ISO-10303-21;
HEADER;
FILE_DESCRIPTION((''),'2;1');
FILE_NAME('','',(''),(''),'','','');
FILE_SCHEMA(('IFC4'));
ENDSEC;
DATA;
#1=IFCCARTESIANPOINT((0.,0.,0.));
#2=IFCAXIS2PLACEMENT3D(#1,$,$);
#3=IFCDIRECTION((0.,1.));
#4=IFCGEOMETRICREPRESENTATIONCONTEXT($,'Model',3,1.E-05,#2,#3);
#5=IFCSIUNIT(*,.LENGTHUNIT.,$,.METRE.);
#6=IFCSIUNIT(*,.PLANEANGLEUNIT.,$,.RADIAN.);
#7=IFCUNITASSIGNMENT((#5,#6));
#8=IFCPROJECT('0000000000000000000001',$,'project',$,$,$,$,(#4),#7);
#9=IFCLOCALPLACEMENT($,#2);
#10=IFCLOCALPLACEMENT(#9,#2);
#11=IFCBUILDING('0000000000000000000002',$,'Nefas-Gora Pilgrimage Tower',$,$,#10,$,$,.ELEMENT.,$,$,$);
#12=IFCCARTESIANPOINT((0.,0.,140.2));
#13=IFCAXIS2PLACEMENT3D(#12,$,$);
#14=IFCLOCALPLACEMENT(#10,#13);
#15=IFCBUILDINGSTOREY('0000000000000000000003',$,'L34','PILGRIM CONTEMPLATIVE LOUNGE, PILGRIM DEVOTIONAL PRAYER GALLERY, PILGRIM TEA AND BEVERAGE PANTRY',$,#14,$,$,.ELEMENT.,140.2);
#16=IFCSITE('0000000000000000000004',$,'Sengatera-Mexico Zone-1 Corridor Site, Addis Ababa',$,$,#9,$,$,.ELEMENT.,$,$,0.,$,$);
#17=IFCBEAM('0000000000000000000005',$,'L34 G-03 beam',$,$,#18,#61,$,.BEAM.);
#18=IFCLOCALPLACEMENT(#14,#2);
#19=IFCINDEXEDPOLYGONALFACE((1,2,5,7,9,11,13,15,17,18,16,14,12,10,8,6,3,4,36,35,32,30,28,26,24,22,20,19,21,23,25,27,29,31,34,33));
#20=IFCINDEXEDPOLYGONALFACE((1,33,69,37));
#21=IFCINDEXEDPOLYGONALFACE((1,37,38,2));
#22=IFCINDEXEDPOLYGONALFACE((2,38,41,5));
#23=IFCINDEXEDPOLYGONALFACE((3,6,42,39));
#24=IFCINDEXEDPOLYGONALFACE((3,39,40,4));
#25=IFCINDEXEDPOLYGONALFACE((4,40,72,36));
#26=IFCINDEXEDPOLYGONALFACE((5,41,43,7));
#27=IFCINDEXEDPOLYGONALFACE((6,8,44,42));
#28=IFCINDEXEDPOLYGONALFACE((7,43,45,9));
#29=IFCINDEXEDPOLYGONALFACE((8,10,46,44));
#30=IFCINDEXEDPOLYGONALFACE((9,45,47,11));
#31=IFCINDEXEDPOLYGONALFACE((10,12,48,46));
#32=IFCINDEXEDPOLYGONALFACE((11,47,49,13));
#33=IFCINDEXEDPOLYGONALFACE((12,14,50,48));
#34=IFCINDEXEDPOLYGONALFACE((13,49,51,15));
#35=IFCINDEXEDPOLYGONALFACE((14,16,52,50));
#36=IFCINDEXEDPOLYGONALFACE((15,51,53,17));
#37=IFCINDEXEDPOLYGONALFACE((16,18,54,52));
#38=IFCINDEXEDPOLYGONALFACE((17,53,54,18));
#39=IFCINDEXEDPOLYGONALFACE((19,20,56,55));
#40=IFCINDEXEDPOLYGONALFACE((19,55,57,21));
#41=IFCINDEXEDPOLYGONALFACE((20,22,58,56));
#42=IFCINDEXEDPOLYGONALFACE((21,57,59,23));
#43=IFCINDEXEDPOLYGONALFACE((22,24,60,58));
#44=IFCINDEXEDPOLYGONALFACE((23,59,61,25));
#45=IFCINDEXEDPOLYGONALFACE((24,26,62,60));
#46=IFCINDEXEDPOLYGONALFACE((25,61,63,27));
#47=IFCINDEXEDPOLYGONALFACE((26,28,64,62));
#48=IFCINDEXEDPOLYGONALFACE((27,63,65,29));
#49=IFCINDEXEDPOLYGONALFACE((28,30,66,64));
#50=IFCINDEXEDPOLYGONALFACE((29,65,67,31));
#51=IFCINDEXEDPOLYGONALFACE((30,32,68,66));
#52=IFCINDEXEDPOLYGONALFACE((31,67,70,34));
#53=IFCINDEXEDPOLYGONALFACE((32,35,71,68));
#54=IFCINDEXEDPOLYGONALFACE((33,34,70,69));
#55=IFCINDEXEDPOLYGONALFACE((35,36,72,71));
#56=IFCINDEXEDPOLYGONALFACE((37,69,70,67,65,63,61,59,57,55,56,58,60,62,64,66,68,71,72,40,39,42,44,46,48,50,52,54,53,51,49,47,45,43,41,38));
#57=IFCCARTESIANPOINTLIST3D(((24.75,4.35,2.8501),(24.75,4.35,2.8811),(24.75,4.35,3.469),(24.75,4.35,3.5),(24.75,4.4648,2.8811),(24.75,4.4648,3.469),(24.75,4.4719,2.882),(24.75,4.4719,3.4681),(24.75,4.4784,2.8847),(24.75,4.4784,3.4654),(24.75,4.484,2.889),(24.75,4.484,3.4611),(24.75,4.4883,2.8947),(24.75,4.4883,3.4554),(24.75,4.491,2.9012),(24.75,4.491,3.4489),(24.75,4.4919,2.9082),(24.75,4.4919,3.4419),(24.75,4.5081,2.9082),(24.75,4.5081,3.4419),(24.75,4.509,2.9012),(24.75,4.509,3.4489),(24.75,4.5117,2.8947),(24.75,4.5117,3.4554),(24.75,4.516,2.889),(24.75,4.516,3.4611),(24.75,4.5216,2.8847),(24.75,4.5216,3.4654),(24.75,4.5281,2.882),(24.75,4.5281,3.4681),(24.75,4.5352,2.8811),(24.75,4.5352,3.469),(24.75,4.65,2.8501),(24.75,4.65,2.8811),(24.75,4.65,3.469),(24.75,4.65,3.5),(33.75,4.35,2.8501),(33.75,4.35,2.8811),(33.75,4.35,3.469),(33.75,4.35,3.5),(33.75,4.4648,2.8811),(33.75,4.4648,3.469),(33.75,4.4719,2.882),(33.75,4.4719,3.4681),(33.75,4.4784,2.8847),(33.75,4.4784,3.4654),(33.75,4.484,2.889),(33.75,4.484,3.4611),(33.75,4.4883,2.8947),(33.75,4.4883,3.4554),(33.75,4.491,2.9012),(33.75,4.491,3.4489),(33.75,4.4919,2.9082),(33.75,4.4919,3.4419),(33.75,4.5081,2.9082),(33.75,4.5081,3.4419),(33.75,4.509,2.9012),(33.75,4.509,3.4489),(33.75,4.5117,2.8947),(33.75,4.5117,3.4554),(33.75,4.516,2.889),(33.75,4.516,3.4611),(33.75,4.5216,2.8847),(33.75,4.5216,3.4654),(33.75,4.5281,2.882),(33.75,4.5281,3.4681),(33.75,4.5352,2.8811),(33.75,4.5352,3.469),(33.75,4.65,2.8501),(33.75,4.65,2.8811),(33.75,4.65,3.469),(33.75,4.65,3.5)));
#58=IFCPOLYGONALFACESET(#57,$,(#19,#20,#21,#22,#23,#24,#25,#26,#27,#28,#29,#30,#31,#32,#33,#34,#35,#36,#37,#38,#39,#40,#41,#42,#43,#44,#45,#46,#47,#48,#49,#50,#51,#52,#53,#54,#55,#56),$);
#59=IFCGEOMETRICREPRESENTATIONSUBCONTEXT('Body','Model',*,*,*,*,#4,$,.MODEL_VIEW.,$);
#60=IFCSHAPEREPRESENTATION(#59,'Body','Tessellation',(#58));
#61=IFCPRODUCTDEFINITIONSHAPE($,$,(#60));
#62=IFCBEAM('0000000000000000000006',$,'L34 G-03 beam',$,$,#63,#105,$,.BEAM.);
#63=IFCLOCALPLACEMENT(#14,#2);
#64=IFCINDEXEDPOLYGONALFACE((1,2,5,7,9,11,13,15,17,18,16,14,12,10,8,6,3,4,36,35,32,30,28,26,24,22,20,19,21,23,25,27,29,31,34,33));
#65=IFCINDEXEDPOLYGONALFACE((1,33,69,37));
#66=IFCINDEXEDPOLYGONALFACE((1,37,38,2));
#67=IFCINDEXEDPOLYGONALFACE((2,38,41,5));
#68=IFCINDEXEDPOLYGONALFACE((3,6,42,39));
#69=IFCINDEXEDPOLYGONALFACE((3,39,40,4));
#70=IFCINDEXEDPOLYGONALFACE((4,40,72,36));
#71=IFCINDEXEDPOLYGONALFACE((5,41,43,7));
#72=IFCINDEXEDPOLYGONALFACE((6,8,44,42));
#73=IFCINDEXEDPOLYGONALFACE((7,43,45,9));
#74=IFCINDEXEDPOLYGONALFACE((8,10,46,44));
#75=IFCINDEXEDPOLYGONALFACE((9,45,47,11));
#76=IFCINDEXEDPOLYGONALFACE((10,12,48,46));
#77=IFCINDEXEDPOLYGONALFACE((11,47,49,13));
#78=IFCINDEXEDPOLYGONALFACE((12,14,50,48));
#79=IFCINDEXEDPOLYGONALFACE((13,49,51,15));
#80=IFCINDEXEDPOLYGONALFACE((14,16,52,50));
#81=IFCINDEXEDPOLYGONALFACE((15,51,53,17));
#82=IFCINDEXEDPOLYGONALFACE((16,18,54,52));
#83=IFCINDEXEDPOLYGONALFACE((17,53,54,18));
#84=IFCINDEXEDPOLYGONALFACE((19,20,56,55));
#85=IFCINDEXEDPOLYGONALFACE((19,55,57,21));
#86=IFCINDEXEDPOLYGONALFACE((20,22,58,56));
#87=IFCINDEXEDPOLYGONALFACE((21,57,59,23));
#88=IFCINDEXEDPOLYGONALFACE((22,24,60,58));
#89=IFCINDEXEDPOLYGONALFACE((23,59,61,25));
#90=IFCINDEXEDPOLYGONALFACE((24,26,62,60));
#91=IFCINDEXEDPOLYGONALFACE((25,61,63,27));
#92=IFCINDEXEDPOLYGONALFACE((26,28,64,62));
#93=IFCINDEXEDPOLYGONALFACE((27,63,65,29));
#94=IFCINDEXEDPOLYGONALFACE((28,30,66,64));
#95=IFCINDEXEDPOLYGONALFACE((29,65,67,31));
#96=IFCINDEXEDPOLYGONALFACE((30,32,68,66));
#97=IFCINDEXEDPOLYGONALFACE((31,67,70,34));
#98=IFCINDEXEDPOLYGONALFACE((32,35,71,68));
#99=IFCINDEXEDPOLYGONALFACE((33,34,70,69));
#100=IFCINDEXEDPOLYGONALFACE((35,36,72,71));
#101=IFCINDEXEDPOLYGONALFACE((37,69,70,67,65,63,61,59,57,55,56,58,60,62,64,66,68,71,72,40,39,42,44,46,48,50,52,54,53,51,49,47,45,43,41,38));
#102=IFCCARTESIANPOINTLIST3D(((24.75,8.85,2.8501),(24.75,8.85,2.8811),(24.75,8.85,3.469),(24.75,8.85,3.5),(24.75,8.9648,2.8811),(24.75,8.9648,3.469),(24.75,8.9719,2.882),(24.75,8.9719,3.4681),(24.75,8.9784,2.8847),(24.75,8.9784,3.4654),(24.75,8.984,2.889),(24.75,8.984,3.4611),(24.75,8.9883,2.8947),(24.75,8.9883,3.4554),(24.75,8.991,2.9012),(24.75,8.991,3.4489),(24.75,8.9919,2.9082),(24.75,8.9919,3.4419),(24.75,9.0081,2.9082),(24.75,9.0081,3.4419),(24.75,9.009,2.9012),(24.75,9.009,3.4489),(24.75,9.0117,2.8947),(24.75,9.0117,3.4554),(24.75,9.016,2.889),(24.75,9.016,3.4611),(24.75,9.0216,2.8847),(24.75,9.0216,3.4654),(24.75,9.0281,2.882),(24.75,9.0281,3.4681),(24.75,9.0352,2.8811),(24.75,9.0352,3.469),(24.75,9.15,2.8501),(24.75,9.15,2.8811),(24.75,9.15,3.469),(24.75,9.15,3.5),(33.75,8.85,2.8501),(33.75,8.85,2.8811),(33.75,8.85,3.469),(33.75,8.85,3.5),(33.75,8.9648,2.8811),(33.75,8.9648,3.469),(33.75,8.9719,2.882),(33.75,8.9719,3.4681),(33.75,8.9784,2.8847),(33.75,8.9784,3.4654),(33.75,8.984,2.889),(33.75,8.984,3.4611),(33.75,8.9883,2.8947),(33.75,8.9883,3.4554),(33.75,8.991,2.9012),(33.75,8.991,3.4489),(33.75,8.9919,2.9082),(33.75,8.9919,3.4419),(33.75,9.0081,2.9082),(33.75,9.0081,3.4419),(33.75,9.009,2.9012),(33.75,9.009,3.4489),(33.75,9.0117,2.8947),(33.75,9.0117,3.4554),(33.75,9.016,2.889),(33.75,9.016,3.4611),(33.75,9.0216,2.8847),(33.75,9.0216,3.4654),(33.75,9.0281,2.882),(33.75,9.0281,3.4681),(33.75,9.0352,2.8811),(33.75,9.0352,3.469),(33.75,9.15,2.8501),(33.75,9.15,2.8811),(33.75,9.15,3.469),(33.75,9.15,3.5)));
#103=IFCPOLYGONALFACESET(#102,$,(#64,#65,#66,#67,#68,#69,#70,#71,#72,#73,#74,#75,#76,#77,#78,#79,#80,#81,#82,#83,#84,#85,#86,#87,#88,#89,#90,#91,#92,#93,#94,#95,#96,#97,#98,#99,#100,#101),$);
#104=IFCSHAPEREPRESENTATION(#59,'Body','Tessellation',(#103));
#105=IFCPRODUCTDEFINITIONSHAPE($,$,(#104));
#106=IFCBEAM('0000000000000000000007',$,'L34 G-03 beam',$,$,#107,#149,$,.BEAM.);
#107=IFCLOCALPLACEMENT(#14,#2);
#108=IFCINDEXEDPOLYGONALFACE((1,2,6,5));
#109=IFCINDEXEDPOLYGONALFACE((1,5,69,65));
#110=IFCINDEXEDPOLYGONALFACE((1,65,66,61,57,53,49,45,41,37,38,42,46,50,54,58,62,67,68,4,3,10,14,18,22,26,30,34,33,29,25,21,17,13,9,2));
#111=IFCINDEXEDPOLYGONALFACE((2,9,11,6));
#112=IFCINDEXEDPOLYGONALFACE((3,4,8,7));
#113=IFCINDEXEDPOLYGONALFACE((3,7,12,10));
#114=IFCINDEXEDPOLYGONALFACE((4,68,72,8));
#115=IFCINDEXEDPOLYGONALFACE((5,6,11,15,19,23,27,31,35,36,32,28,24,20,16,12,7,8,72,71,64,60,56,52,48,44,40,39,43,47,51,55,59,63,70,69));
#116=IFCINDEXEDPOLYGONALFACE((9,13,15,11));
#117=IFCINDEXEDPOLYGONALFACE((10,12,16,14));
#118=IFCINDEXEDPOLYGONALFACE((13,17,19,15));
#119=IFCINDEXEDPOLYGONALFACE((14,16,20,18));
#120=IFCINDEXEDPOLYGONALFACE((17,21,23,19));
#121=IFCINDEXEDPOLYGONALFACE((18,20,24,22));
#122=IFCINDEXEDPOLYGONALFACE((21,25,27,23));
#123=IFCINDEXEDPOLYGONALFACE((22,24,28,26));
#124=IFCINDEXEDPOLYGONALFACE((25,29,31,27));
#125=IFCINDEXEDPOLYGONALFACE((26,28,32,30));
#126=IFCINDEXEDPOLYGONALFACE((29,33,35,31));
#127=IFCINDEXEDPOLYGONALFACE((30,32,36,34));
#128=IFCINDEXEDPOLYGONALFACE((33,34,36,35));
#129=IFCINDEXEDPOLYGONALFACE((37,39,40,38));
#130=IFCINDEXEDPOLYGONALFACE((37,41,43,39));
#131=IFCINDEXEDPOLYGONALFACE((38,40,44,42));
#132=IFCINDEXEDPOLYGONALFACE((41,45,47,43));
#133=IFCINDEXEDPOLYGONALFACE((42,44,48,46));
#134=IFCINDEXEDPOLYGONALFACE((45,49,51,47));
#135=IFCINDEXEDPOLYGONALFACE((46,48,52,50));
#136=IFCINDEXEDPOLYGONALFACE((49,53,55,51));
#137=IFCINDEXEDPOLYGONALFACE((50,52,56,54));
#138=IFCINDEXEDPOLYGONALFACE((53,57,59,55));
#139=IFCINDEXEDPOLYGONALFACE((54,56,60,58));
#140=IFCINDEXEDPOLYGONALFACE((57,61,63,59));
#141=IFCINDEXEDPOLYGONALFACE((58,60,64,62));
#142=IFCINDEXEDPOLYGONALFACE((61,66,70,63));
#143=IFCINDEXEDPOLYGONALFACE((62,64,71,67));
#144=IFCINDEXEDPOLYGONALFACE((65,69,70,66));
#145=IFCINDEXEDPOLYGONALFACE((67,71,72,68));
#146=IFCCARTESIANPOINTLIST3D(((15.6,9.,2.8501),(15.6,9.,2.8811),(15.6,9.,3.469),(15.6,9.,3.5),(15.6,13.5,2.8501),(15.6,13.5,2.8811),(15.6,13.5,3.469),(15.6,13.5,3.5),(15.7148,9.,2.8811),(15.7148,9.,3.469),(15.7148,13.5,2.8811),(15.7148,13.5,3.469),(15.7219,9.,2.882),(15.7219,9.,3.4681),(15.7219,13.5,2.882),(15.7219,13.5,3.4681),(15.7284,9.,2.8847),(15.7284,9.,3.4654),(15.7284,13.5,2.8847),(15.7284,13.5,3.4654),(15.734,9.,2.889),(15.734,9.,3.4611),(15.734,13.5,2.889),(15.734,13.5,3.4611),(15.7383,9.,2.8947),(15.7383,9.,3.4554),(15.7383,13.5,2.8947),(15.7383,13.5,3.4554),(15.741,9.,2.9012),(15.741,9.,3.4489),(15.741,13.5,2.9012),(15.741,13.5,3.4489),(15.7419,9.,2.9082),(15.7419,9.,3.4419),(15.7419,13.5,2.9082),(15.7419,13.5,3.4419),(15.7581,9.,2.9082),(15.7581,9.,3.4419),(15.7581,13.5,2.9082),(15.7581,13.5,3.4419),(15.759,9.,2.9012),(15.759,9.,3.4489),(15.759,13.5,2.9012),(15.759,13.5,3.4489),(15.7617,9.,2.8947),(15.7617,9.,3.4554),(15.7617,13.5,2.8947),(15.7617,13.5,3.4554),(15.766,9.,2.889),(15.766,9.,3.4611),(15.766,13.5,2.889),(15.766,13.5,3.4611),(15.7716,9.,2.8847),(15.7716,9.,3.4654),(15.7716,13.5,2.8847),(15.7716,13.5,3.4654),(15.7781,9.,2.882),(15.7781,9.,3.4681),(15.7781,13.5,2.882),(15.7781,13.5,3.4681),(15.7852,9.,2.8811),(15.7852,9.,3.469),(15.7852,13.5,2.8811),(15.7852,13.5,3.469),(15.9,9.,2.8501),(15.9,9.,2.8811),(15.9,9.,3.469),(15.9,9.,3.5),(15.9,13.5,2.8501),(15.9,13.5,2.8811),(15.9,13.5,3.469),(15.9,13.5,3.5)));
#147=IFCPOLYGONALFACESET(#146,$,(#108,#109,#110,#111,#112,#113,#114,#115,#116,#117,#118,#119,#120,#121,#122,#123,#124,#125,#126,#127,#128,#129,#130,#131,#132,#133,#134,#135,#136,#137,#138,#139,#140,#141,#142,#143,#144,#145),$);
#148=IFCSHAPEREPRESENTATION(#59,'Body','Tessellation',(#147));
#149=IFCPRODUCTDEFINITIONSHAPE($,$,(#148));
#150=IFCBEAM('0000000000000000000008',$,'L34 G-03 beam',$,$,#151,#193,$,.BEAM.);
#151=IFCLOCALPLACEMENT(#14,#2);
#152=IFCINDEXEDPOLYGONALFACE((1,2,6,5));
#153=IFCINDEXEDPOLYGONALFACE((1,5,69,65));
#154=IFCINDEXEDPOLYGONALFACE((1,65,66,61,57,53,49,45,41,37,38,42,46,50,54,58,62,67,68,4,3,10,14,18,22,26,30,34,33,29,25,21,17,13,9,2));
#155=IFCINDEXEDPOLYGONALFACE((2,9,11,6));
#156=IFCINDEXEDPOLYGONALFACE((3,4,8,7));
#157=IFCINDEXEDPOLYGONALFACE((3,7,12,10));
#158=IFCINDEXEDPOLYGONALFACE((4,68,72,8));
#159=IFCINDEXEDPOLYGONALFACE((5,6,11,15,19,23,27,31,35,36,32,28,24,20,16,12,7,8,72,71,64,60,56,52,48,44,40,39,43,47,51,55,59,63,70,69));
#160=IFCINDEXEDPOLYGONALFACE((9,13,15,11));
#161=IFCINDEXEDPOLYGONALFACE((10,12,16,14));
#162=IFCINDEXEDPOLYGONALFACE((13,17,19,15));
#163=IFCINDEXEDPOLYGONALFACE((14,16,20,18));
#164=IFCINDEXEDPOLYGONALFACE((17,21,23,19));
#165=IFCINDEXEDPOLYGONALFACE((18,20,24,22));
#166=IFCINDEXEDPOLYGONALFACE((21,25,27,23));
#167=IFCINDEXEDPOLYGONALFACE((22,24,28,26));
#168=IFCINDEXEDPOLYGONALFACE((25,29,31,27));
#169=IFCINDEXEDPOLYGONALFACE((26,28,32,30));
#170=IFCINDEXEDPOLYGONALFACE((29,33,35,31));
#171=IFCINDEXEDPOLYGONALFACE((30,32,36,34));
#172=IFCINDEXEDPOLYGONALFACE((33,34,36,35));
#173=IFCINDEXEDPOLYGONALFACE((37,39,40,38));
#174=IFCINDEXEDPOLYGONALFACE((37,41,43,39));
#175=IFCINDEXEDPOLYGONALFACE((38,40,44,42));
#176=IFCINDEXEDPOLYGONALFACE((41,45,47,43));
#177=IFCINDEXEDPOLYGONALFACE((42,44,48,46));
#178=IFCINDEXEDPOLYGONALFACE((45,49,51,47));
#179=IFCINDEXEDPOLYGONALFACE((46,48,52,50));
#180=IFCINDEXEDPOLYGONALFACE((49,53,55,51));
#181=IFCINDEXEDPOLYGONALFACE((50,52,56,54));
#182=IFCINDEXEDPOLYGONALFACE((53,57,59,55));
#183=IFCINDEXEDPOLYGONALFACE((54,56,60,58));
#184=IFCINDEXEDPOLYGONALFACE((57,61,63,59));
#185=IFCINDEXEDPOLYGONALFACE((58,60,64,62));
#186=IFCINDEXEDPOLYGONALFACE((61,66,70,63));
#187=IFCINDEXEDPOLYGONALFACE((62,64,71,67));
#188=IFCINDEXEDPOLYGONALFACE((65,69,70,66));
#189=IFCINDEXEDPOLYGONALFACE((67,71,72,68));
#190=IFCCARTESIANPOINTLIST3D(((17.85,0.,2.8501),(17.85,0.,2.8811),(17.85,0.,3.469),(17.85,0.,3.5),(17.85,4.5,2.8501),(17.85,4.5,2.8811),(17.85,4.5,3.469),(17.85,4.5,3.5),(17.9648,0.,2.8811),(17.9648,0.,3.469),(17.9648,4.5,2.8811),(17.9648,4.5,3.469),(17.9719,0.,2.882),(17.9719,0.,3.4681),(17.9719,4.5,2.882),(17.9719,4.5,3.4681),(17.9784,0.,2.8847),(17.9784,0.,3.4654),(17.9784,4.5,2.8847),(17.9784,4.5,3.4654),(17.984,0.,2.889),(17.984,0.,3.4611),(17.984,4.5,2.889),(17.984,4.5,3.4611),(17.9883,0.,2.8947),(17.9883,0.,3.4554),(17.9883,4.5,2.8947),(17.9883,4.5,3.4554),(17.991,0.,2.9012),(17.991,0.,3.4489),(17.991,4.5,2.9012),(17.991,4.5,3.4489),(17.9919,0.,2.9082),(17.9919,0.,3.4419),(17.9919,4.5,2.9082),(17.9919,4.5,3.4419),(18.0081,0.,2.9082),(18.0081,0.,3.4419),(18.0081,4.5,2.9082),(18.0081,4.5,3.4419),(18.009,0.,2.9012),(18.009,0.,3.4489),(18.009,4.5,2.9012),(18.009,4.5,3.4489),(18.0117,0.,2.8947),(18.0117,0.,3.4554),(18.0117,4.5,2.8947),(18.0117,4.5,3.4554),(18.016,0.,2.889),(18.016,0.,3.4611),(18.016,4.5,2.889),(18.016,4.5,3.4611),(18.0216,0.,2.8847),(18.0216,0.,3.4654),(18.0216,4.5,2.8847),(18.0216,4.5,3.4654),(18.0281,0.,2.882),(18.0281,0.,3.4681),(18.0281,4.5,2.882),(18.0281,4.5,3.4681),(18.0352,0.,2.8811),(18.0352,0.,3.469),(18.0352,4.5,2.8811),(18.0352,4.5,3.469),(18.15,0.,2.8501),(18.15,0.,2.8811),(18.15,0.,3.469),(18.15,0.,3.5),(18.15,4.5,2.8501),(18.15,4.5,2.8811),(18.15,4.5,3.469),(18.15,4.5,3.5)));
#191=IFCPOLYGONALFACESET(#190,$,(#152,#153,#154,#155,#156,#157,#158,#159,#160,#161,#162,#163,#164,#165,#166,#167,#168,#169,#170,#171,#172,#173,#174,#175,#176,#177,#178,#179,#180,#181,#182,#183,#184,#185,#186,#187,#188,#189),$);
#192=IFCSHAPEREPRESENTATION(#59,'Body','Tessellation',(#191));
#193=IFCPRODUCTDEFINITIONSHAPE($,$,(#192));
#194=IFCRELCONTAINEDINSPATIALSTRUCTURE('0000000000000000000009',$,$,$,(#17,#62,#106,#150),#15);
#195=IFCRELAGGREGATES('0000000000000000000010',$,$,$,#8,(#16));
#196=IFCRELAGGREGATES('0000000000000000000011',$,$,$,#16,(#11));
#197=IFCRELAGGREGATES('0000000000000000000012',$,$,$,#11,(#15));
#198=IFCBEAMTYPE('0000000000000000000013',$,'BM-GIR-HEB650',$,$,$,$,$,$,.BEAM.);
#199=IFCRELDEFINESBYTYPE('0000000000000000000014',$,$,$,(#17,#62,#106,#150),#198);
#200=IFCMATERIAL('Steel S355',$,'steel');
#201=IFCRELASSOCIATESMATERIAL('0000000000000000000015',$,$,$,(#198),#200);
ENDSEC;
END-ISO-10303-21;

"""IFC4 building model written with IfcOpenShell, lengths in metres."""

from ifc_helpers import new_model, si_unit, direction, frame, origin, origin_2d, place, context, subcontext, project, spatial, i_section, extrude, source, transform, mapped, material, material_profile, profile_set, type_object, element, save


model = new_model("IFC4")

# Units and contexts
model_context = context("Model", 3, precision=1e-05, world=origin(), true_north=direction((0.0, 1.0)))
body_context = subcontext(model_context, "Body", "Model", "MODEL_VIEW")
ifc_project = project(units=[si_unit("LENGTHUNIT", "METRE"), si_unit("PLANEANGLEUNIT", "RADIAN")], contexts=[model_context])

# Site, building, storey
site_placement = place(None, origin())
site = spatial("IfcSite", under=ifc_project, at=site_placement, Name="Sengatera-Mexico Zone-1 Corridor Site, Addis Ababa", CompositionType="ELEMENT", RefElevation=0.0)
building_placement = place(site_placement, origin())
building = spatial("IfcBuilding", under=site, at=building_placement, Name="Nefas-Gora Pilgrimage Tower", CompositionType="ELEMENT")
storey_placement = place(building_placement, frame((0.0, 0.0, 140.2)))
storey = spatial("IfcBuildingStorey", under=building, at=storey_placement, Name="L34", Description="PILGRIM CONTEMPLATIVE LOUNGE, PILGRIM DEVOTIONAL PRAYER GALLERY, PILGRIM TEA AND BEVERAGE PANTRY", CompositionType="ELEMENT", Elevation=140.2)

# Beams
ifc_material_1 = material(Name="Steel S355", Category="steel")
ifc_material_profile_1 = material_profile(ifc_material_1, i_section(OverallWidth=0.3, OverallDepth=0.6499, WebThickness=0.0161, FlangeThickness=0.031, FilletRadius=0.0271, at=origin_2d()), Name="HEB 650")
ifc_profile_set_1 = profile_set([ifc_material_profile_1], Name="Steel S355")
beam_type_1 = type_object("IfcBeamType", Name="BM-GIR-HEB650", PredefinedType="BEAM", material=ifc_profile_set_1)
shared_shape_1 = source(origin(), body_context, "Body", "SweptSolid", [
    extrude(i_section(OverallWidth=0.3, OverallDepth=0.6499, WebThickness=0.0161, FlangeThickness=0.031, FilletRadius=0.0271, at=origin_2d()), origin(), (0.0, 0.0, 1.0), 9.0),
])
for number, where, z_axis, x_axis, name in (
    (1, (24.75, 4.5, 3.175), (1.0, 0.0, 0.0), (0.0, 1.0, 0.0), "L34 G-03 beam"),
    (2, (24.75, 9.0, 3.175), (1.0, 0.0, 0.0), (0.0, 1.0, 0.0), "L34 G-03 beam"),
):
    element("IfcBeam", number, at=place(storey_placement, frame(where, z_axis=z_axis, x_axis=x_axis)), inside=storey, type_object=beam_type_1, Name=name, PredefinedType="BEAM", context=body_context, shape_type="MappedRepresentation", body=[
        mapped(shared_shape_1, transform((0.0, 0.0, 0.0), x_axis=(1.0, 0.0, 0.0), y_axis=(0.0, 1.0, 0.0), z_axis=(0.0, 0.0, 1.0), scale=1.0)),
    ])
shared_shape_2 = source(origin(), body_context, "Body", "SweptSolid", [
    extrude(i_section(OverallWidth=0.3, OverallDepth=0.6499, WebThickness=0.0161, FlangeThickness=0.031, FilletRadius=0.0271, at=origin_2d()), origin(), (0.0, 0.0, 1.0), 4.5),
])
for number, where, z_axis, x_axis, name in (
    (3, (15.75, 9.0, 3.175), (0.0, 1.0, 0.0), (-1.0, 0.0, 0.0), "L34 G-03 beam"),
    (4, (18.0, 0.0, 3.175), (0.0, 1.0, 0.0), (-1.0, 0.0, 0.0), "L34 G-03 beam"),
):
    element("IfcBeam", number, at=place(storey_placement, frame(where, z_axis=z_axis, x_axis=x_axis)), inside=storey, type_object=beam_type_1, Name=name, PredefinedType="BEAM", context=body_context, shape_type="MappedRepresentation", body=[
        mapped(shared_shape_2, transform((0.0, 0.0, 0.0), x_axis=(1.0, 0.0, 0.0), y_axis=(0.0, 1.0, 0.0), z_axis=(0.0, 0.0, 1.0), scale=1.0)),
    ])

save(model, "model.ifc")
